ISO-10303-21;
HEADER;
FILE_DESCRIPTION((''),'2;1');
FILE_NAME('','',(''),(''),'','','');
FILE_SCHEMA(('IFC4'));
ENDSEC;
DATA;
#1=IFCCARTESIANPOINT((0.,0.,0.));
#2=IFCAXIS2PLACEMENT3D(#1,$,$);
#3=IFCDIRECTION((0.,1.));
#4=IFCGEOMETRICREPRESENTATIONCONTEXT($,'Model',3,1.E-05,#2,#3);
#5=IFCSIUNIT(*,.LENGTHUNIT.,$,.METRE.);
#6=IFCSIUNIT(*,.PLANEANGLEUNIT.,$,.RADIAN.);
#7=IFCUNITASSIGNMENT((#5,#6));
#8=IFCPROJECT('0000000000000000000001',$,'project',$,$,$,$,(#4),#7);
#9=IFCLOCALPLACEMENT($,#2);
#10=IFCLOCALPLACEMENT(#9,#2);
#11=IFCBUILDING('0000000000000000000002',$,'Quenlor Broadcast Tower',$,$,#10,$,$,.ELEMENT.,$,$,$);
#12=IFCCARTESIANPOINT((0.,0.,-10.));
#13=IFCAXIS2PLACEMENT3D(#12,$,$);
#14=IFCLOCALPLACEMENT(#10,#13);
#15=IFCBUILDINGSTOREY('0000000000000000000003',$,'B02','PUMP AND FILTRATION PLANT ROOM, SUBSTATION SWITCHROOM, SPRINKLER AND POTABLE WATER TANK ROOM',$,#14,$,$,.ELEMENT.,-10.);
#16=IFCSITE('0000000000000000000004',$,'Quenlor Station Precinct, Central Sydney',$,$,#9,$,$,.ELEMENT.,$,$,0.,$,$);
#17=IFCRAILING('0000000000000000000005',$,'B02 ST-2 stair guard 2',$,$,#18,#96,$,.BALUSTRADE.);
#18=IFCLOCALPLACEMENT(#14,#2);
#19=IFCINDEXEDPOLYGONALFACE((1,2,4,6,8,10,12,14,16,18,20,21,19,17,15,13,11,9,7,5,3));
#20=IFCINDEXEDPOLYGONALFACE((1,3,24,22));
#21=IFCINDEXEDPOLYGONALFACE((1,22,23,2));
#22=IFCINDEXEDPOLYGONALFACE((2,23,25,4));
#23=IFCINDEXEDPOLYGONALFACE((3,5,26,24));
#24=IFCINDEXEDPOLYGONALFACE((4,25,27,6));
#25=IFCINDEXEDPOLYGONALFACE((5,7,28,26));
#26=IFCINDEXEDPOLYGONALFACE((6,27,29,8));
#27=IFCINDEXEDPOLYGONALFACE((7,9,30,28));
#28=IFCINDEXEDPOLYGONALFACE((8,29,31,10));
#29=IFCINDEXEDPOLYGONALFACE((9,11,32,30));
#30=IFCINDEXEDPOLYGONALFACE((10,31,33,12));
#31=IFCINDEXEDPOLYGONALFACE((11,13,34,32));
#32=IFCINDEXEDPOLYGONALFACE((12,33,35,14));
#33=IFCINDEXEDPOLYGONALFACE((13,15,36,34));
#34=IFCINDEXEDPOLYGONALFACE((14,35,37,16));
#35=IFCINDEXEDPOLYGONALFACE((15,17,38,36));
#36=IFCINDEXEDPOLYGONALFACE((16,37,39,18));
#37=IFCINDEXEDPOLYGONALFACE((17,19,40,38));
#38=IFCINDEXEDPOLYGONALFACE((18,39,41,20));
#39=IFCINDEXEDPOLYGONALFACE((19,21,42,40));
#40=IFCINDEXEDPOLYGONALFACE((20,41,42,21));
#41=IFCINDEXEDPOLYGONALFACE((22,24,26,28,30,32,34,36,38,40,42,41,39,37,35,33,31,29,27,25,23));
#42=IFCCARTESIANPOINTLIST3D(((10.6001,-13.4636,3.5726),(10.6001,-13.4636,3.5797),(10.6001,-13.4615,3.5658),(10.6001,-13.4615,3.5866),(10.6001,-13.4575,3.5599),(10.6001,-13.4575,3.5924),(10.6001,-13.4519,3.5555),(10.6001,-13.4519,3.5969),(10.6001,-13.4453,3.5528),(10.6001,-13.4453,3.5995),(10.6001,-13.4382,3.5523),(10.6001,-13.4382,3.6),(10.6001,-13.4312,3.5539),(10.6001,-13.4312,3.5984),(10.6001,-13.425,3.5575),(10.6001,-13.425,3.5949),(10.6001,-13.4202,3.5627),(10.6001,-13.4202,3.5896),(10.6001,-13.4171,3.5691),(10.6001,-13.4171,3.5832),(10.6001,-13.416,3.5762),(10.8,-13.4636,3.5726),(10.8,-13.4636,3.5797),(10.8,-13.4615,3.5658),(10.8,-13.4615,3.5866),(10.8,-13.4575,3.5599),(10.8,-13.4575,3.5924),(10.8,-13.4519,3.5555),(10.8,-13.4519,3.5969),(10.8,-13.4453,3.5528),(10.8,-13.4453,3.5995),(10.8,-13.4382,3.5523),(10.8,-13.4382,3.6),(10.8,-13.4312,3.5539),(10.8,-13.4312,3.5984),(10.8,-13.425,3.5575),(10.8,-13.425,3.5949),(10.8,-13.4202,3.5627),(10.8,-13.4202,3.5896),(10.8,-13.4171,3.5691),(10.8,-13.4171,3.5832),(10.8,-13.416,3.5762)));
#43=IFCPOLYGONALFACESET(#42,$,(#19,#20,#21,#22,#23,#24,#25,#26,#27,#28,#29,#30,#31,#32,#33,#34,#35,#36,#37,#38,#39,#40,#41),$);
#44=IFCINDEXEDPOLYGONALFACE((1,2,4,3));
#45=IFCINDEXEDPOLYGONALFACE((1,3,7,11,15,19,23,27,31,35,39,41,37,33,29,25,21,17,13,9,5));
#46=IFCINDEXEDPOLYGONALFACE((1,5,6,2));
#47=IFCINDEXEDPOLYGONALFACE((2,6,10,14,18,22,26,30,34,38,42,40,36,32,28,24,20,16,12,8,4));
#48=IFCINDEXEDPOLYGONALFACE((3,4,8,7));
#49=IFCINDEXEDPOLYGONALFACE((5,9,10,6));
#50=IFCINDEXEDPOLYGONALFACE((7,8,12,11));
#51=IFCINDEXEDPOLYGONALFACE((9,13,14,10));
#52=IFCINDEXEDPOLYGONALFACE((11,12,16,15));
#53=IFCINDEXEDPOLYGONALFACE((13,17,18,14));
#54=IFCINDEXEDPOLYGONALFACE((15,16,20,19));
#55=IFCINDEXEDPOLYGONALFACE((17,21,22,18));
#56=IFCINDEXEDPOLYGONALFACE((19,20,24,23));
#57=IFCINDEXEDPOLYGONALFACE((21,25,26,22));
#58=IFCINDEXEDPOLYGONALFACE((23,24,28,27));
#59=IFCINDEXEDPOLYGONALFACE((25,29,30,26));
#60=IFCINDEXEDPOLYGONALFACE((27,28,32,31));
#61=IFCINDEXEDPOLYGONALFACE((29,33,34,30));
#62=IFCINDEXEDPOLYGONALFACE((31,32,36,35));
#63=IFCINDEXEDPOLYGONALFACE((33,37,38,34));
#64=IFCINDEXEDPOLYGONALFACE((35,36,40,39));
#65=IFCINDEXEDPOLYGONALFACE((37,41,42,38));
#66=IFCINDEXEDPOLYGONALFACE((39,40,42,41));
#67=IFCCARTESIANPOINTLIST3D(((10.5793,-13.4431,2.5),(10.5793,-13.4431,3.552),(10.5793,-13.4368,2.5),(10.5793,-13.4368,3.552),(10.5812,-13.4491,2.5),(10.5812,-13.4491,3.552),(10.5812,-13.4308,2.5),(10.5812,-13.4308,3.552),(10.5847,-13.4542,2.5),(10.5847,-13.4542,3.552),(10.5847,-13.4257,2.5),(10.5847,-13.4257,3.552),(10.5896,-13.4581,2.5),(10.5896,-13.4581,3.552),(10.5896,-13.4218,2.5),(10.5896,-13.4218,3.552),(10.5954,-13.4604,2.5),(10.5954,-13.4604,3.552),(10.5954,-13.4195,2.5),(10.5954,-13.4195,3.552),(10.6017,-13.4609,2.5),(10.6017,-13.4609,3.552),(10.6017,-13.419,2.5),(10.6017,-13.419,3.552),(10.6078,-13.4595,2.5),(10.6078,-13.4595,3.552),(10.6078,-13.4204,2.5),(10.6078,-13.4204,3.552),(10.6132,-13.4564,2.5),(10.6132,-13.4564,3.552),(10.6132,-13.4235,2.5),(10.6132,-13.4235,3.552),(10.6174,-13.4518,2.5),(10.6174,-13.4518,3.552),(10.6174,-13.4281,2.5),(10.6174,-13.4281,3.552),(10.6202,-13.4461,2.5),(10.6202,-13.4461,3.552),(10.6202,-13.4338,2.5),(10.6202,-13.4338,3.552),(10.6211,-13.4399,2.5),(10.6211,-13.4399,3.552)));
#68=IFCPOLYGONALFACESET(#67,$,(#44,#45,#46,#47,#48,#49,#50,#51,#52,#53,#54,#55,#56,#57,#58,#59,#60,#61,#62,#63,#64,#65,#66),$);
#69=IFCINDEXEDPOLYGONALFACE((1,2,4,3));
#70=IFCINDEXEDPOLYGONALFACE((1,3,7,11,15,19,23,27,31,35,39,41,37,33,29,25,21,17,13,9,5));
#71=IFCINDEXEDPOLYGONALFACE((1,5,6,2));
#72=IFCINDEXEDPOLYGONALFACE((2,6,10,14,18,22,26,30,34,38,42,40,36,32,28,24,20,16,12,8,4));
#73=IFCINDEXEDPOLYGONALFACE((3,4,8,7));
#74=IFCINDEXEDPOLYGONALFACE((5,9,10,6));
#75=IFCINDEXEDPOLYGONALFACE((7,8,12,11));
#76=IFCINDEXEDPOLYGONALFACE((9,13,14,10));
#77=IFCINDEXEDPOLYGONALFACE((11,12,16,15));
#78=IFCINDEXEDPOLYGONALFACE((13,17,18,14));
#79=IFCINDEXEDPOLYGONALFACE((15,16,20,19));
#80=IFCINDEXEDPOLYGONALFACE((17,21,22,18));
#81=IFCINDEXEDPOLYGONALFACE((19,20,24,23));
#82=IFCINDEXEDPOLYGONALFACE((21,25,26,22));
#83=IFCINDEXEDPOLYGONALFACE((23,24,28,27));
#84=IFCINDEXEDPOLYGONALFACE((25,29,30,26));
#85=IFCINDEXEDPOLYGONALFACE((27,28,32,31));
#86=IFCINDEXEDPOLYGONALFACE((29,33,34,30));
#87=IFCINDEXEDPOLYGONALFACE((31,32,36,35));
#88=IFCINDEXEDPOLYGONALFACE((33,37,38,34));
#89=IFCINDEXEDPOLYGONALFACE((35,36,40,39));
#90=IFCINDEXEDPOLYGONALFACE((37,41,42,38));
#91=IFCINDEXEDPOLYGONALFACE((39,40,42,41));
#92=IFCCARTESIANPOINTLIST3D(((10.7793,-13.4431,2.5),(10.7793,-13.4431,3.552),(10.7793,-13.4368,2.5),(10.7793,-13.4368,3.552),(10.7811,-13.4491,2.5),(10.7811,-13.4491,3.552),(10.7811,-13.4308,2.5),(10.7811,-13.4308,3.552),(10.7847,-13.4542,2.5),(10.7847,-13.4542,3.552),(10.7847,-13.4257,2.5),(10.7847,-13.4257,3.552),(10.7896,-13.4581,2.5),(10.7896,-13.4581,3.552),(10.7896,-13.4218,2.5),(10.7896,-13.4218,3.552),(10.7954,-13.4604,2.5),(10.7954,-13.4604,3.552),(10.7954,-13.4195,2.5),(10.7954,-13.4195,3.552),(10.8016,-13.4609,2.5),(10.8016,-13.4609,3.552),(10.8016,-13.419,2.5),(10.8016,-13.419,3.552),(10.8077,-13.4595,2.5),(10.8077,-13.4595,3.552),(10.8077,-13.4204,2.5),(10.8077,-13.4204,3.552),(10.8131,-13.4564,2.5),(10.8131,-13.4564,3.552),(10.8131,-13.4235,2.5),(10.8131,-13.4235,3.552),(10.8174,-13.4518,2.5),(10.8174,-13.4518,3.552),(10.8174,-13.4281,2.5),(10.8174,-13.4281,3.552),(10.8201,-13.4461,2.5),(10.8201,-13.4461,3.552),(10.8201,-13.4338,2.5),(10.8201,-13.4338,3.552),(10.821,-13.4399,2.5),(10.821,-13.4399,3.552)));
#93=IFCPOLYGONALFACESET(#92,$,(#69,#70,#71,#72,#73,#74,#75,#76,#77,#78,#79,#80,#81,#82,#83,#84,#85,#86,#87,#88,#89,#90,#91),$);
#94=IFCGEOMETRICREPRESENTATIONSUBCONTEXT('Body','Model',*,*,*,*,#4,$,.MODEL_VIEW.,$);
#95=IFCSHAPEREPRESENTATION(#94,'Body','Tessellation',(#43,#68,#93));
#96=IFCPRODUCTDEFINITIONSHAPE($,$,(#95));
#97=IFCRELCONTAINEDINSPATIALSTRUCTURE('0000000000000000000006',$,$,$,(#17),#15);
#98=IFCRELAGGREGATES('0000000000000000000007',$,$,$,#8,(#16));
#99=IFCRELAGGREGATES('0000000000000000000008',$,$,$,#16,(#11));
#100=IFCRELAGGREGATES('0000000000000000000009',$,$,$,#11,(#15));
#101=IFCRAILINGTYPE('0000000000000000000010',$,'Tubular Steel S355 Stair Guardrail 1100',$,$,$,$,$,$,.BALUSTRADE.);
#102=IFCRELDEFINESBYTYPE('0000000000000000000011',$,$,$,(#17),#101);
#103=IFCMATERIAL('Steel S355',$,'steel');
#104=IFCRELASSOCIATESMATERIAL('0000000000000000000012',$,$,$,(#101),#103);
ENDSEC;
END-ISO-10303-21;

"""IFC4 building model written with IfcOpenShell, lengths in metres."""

from ifc_helpers import new_model, si_unit, direction, frame, origin, origin_2d, place, context, subcontext, project, spatial, circle, extrude, material, type_object, element, save


model = new_model("IFC4")

# Units and contexts
model_context = context("Model", 3, precision=1e-05, world=origin(), true_north=direction((0.0, 1.0)))
body_context = subcontext(model_context, "Body", "Model", "MODEL_VIEW")
ifc_project = project(units=[si_unit("LENGTHUNIT", "METRE"), si_unit("PLANEANGLEUNIT", "RADIAN")], contexts=[model_context])

# Site, building, storey
site_placement = place(None, origin())
site = spatial("IfcSite", under=ifc_project, at=site_placement, Name="Quenlor Station Precinct, Central Sydney", CompositionType="ELEMENT", RefElevation=0.0)
building_placement = place(site_placement, origin())
building = spatial("IfcBuilding", under=site, at=building_placement, Name="Quenlor Broadcast Tower", CompositionType="ELEMENT")
storey_placement = place(building_placement, frame((0.0, 0.0, -10.0)))
storey = spatial("IfcBuildingStorey", under=building, at=storey_placement, Name="B02", Description="PUMP AND FILTRATION PLANT ROOM, SUBSTATION SWITCHROOM, SPRINKLER AND POTABLE WATER TANK ROOM", CompositionType="ELEMENT", Elevation=-10.0)

# Railing
ifc_material_1 = material(Name="Steel S355", Category="steel")
railing_type_1 = type_object("IfcRailingType", Name="Tubular Steel S355 Stair Guardrail 1100", PredefinedType="BALUSTRADE", material=ifc_material_1)
railing_1_placement = place(storey_placement, frame((10.6001, -13.4399, 2.5)))
element("IfcRailing", 1, at=railing_1_placement, inside=storey, type_object=railing_type_1, Name="B02 ST-2 stair guard 2", PredefinedType="BALUSTRADE", context=body_context, shape_type="SweptSolid", body=[
    extrude(circle(Radius=0.0239, at=origin_2d()), frame((0.0, 0.0, 1.0762), z_axis=(1.0, 0.0, 0.0), x_axis=(0.0, 1.0, 0.0)), (0.0, 0.0, 1.0), 0.2),
    extrude(circle(Radius=0.021, at=origin_2d()), origin(), (0.0, 0.0, 1.0), 1.052),
    extrude(circle(Radius=0.021, at=origin_2d()), frame((0.2, 0.0, 0.0)), (0.0, 0.0, 1.0), 1.052),
])

save(model, "model.ifc")
